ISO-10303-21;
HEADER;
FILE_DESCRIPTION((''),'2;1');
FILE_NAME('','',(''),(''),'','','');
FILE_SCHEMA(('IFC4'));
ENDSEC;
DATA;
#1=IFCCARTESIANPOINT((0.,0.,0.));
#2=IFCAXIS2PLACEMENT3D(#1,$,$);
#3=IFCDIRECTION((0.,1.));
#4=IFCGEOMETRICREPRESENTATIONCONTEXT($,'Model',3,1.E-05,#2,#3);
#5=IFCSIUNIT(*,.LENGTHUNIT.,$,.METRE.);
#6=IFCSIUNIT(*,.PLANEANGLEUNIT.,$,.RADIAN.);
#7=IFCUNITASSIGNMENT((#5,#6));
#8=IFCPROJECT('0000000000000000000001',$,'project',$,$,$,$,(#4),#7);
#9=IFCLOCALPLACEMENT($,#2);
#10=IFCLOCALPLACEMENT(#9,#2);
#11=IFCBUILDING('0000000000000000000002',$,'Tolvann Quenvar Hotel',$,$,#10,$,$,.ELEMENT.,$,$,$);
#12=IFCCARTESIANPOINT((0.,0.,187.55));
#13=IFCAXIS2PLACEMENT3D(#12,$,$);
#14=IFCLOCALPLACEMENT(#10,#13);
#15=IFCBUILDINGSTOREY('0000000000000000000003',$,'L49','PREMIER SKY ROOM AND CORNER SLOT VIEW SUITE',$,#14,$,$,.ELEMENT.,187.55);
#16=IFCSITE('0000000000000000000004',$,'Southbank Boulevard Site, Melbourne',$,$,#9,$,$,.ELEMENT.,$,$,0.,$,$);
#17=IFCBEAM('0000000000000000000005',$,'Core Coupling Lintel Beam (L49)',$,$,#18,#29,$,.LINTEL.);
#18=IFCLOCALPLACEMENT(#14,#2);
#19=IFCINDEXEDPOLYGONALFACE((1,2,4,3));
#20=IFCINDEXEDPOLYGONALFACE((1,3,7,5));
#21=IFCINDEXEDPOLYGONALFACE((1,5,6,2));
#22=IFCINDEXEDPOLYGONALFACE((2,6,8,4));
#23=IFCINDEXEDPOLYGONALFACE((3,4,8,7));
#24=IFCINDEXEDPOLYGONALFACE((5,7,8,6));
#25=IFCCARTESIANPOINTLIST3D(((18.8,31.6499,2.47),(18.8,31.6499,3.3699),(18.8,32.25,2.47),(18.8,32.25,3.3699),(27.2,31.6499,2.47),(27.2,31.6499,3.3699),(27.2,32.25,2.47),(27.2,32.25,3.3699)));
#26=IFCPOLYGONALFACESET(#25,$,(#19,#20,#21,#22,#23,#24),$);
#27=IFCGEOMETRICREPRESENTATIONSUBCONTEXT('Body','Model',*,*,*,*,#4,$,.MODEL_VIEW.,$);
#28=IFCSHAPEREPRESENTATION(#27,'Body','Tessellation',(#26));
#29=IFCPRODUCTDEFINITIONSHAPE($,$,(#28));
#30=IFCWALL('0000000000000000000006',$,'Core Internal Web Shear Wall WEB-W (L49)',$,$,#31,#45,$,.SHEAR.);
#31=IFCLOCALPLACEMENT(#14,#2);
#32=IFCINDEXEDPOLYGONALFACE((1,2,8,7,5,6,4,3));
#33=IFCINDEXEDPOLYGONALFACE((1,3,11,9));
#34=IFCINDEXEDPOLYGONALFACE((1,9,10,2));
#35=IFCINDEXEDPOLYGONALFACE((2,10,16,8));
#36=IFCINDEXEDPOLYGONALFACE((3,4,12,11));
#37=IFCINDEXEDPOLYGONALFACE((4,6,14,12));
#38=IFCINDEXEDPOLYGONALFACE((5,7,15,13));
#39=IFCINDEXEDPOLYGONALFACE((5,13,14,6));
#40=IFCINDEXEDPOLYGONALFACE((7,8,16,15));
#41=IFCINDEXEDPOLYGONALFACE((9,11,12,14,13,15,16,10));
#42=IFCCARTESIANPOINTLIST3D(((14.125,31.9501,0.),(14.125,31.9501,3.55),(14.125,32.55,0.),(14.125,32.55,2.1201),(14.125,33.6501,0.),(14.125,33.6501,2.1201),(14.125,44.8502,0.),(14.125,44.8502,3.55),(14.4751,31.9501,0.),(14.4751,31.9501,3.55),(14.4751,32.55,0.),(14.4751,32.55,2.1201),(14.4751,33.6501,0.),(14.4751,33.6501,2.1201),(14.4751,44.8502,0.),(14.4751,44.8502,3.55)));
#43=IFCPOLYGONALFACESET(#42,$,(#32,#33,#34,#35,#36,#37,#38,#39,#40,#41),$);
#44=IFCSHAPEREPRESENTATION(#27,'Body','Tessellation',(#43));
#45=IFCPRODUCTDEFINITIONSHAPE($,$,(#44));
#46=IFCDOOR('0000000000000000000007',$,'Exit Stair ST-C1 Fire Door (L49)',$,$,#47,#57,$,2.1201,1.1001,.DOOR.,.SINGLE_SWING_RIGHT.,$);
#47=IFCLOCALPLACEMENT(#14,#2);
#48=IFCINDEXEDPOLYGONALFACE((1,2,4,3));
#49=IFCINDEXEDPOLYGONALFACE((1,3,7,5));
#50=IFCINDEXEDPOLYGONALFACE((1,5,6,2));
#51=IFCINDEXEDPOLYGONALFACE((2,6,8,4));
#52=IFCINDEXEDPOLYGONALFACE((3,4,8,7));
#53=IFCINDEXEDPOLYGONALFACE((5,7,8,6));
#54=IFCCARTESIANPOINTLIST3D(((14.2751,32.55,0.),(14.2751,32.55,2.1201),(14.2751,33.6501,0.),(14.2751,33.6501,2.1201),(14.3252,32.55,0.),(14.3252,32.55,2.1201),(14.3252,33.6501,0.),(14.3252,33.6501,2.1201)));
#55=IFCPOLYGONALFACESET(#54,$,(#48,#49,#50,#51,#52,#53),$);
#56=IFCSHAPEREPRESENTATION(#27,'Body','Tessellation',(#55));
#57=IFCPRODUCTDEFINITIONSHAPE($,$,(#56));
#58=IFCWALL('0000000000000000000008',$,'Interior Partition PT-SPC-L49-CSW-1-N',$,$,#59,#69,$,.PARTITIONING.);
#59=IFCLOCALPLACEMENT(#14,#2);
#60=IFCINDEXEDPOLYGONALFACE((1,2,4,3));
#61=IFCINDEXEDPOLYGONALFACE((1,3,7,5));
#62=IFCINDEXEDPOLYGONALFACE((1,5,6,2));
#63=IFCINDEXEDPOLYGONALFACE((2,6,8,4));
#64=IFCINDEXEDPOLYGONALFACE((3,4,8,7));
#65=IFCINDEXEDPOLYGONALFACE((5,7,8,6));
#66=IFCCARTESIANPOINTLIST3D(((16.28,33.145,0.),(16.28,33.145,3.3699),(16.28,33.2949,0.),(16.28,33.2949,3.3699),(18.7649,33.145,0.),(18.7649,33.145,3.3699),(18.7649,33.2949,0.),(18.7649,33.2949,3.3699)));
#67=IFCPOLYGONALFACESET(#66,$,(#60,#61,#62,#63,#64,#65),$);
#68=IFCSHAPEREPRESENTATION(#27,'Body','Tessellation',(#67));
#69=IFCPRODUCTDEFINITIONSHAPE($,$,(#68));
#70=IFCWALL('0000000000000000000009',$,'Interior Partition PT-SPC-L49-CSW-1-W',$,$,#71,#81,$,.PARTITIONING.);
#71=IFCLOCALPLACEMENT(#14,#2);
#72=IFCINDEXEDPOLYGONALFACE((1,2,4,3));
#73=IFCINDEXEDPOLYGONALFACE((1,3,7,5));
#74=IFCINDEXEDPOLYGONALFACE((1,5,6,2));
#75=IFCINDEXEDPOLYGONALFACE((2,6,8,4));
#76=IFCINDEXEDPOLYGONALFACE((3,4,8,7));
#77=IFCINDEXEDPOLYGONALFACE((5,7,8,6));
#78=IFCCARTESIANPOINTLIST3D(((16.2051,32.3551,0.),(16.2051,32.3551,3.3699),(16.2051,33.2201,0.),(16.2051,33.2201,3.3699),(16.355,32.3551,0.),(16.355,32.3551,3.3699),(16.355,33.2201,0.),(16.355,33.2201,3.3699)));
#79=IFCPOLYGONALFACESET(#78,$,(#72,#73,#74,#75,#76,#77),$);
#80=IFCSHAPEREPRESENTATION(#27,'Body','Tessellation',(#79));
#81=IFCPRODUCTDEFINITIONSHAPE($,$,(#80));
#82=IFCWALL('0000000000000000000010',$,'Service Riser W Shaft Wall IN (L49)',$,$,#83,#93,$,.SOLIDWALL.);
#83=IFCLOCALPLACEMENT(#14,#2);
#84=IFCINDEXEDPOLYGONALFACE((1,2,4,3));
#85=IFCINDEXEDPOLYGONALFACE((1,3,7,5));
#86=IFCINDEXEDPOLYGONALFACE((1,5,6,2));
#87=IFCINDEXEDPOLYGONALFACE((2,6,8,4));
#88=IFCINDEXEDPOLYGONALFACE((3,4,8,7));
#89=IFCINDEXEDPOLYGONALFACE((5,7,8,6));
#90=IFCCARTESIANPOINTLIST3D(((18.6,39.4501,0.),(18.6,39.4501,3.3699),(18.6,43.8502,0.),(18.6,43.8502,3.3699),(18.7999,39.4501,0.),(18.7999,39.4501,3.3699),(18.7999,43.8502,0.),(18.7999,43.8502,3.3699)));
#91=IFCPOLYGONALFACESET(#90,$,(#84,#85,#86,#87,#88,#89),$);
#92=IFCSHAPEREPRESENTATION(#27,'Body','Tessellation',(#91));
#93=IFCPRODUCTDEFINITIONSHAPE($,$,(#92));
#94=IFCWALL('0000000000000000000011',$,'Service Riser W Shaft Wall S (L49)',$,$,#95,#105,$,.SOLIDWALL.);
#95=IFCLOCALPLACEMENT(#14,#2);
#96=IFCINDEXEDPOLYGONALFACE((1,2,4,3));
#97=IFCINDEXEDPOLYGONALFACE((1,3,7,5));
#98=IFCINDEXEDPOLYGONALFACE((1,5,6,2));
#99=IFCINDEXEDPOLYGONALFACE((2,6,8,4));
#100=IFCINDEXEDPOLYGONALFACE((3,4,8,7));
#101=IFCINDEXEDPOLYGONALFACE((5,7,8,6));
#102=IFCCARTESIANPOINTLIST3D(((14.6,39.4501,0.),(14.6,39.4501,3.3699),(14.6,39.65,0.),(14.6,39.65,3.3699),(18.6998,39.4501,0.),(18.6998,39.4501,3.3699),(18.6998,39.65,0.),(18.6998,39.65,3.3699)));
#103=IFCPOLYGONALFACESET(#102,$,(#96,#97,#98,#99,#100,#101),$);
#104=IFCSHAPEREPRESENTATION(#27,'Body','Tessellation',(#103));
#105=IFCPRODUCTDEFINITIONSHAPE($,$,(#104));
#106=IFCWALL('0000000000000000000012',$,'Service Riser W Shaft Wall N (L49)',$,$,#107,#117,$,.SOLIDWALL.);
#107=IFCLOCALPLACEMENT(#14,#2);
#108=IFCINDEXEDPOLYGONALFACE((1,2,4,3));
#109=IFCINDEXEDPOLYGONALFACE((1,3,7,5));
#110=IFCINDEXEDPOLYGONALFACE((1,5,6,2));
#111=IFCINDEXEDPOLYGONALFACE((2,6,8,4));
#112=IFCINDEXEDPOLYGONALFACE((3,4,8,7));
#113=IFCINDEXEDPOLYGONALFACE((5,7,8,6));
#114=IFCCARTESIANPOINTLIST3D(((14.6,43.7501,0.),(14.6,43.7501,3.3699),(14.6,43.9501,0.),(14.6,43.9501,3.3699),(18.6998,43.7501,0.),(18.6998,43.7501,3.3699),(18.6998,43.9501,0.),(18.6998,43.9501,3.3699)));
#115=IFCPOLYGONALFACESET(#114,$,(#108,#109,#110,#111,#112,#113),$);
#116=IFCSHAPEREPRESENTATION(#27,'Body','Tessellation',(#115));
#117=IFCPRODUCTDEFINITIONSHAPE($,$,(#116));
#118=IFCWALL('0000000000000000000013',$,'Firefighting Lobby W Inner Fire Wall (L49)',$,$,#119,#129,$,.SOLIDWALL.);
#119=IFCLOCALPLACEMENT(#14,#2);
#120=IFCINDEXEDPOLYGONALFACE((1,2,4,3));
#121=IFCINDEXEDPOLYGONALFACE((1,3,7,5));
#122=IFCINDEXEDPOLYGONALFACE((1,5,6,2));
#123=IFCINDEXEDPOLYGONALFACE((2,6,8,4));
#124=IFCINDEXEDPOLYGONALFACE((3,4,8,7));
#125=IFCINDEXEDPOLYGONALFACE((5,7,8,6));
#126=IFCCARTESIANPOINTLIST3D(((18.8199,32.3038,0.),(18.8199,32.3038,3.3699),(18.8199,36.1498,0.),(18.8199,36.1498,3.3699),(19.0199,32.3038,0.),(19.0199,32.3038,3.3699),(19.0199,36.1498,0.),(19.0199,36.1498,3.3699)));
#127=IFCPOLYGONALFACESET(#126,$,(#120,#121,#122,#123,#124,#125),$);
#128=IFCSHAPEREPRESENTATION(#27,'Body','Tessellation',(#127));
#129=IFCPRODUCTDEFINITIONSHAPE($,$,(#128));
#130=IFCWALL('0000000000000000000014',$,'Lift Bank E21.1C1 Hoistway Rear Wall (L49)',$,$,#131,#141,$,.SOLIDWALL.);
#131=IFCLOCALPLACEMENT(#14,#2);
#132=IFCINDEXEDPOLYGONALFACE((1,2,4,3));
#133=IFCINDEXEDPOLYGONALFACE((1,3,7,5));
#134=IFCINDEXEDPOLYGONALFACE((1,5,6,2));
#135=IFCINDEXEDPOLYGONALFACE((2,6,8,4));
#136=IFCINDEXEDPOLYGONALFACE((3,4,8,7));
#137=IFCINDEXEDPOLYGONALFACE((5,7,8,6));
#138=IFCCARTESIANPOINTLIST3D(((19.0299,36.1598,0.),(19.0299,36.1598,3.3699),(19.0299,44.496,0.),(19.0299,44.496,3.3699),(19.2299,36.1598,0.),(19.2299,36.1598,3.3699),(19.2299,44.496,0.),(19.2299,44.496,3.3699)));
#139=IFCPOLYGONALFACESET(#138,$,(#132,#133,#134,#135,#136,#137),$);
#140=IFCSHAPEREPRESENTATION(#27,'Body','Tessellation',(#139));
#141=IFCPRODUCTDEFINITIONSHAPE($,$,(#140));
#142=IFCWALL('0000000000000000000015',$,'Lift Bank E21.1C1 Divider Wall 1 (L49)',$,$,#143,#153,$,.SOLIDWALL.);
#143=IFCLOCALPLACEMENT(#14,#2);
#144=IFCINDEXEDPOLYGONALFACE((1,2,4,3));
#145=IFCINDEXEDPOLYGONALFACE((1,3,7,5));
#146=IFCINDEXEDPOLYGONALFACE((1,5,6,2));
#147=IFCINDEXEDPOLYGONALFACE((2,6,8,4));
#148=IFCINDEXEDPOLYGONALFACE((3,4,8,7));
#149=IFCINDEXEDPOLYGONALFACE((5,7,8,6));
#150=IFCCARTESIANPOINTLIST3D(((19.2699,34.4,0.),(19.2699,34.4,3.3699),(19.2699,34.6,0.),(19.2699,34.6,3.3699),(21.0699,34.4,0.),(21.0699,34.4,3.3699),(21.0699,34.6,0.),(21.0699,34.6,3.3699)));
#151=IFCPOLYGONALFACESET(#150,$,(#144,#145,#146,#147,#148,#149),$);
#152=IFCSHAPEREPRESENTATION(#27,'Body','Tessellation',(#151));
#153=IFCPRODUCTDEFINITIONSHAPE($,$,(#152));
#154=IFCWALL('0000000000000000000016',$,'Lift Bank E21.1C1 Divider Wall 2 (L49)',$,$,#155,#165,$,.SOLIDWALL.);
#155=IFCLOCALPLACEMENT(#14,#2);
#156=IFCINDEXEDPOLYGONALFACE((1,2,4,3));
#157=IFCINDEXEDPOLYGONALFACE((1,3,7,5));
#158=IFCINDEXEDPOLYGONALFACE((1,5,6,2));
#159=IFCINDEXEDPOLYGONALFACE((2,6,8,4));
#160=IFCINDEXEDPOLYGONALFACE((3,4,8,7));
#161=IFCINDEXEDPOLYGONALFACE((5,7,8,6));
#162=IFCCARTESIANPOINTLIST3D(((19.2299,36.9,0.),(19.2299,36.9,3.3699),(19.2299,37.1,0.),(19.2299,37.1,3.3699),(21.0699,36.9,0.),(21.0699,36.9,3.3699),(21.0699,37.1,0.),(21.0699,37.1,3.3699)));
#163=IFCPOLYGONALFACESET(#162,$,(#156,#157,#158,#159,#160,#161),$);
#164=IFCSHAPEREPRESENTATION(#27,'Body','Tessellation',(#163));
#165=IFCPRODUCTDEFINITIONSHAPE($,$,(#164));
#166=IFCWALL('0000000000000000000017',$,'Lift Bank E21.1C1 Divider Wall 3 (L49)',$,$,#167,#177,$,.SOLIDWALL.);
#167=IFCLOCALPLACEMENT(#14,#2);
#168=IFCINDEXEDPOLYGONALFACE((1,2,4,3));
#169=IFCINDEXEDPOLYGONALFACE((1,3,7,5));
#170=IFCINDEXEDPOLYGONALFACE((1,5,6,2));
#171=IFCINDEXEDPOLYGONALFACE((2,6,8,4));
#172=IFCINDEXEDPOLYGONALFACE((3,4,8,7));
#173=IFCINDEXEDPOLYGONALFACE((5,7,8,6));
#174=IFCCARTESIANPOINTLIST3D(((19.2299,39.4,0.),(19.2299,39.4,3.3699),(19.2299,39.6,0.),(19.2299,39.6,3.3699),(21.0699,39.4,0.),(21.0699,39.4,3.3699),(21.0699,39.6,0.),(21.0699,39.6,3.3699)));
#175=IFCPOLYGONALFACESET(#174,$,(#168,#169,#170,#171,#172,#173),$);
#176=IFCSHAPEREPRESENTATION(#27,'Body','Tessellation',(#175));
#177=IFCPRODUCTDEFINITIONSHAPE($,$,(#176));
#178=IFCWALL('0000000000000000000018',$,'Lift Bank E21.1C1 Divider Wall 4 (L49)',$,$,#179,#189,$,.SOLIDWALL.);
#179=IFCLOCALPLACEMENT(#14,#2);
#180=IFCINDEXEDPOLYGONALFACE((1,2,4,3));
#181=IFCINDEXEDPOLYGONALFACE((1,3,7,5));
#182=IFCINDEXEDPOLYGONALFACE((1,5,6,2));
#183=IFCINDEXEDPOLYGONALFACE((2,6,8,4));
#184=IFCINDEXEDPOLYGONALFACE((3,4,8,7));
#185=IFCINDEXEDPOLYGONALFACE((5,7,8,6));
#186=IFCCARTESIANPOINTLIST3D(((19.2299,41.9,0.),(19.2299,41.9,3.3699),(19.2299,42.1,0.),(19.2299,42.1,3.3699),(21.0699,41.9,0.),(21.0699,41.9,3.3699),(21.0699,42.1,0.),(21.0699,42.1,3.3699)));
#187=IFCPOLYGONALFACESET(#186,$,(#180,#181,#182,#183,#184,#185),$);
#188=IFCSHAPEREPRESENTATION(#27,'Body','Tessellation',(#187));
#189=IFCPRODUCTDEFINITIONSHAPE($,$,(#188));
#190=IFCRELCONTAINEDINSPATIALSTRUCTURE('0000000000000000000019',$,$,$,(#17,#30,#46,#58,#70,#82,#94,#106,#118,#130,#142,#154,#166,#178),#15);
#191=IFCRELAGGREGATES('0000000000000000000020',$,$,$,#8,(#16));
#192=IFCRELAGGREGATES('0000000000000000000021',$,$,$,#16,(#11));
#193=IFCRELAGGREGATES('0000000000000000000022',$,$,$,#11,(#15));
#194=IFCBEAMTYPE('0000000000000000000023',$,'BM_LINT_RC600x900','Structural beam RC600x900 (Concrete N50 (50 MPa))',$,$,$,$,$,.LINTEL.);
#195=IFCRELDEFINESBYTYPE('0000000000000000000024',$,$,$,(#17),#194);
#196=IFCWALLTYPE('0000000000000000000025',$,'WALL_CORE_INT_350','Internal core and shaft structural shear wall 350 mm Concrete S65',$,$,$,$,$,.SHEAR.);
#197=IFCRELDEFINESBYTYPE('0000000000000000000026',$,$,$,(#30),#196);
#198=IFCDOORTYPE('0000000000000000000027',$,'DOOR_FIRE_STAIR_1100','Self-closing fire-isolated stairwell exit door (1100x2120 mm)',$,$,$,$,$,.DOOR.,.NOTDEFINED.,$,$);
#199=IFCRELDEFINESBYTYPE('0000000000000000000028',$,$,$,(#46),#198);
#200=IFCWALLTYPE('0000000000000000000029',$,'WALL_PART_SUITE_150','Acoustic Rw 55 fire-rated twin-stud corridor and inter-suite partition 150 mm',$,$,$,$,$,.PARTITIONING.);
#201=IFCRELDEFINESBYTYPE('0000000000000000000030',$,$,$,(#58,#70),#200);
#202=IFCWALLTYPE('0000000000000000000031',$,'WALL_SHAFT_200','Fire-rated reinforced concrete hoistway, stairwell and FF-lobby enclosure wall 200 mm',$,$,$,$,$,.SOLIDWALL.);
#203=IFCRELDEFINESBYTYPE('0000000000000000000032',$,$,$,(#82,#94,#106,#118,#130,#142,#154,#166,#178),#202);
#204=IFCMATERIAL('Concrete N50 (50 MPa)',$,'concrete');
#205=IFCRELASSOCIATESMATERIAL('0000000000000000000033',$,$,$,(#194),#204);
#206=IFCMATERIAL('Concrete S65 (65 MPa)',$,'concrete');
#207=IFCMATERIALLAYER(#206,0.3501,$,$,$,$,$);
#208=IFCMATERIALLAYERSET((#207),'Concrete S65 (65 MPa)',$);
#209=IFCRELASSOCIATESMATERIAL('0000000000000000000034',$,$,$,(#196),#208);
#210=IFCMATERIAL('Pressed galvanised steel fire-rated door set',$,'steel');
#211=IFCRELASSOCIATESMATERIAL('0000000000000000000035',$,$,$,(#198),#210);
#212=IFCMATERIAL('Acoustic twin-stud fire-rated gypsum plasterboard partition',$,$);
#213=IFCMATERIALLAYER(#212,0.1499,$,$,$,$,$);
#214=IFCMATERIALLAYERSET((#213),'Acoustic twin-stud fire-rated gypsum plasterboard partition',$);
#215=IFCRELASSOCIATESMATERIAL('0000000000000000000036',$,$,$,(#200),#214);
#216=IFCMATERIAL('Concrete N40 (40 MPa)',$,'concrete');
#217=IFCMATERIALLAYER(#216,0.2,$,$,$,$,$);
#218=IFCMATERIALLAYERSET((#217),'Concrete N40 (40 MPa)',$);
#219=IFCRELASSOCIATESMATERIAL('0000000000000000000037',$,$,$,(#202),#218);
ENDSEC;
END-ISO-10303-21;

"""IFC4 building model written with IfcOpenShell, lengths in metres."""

from ifc_helpers import new_model, si_unit, direction, frame, frame_2d, origin, origin_2d, place, context, subcontext, project, spatial, rectangle, extrude, source, transform, mapped, material, layer, layer_set, material_profile, profile_set, type_object, type_shapes, element, fill, save


model = new_model("IFC4")

# Units and contexts
model_context = context("Model", 3, precision=1e-05, world=origin(), true_north=direction((0.0, 1.0)))
body_context = subcontext(model_context, "Body", "Model", "MODEL_VIEW")
ifc_project = project(units=[si_unit("LENGTHUNIT", "METRE"), si_unit("PLANEANGLEUNIT", "RADIAN")], contexts=[model_context])

# Site, building, storey
site_placement = place(None, origin())
site = spatial("IfcSite", under=ifc_project, at=site_placement, Name="Southbank Boulevard Site, Melbourne", CompositionType="ELEMENT", RefElevation=0.0)
building_placement = place(site_placement, origin())
building = spatial("IfcBuilding", under=site, at=building_placement, Name="Tolvann Quenvar Hotel", CompositionType="ELEMENT")
storey_placement = place(building_placement, frame((0.0, 0.0, 187.55)))
storey = spatial("IfcBuildingStorey", under=building, at=storey_placement, Name="L49", Description="PREMIER SKY ROOM AND CORNER SLOT VIEW SUITE", CompositionType="ELEMENT", Elevation=187.55)

# Beam
ifc_material_1 = material(Name="Concrete N50 (50 MPa)", Category="concrete")
ifc_material_profile = material_profile(ifc_material_1, rectangle(XDim=0.6001, YDim=0.8999, at=origin_2d()), Name="RC600x900")
ifc_profile_set = profile_set([ifc_material_profile], Name="Concrete N50 (50 MPa)")
beam_type = type_object("IfcBeamType", Name="BM_LINT_RC600x900", Description="Structural beam RC600x900 (Concrete N50 (50 MPa))", PredefinedType="LINTEL", material=ifc_profile_set)
shared_shape_1 = source(origin(), body_context, "Body", "SweptSolid", [
    extrude(rectangle(XDim=0.6001, YDim=0.8999, at=origin_2d()), origin(), (0.0, 0.0, 1.0), 8.3999),
])
type_shapes(beam_type, [shared_shape_1])
beam_placement = place(storey_placement, frame((18.8, 31.95, 2.9199), z_axis=(1.0, 0.0, 0.0), x_axis=(0.0, 1.0, 0.0)))
element("IfcBeam", 1, at=beam_placement, inside=storey, type_object=beam_type, Name="Core Coupling Lintel Beam (L49)", PredefinedType="LINTEL", context=body_context, shape_type="MappedRepresentation", body=[
    mapped(shared_shape_1, transform((0.0, 0.0, 0.0), x_axis=(1.0, 0.0, 0.0), y_axis=(0.0, 1.0, 0.0), z_axis=(0.0, 0.0, 1.0), scale=1.0)),
])

# Wall, opening, door
ifc_material_2 = material(Name="Concrete S65 (65 MPa)", Category="concrete")
ifc_layer_1 = layer(ifc_material_2, 0.3501)
ifc_layer_set_1 = layer_set([ifc_layer_1], Name="Concrete S65 (65 MPa)")
wall_type_1 = type_object("IfcWallType", Name="WALL_CORE_INT_350", Description="Internal core and shaft structural shear wall 350 mm Concrete S65", PredefinedType="SHEAR", material=ifc_layer_set_1)
wall_1_placement = place(storey_placement, frame((14.3, 31.95, 0.0), z_axis=(0.0, 0.0, 1.0), x_axis=(0.0, 1.0, 0.0)))
wall_1 = element("IfcWall", 2, at=wall_1_placement, inside=storey, type_object=wall_type_1, Name="Core Internal Web Shear Wall WEB-W (L49)", PredefinedType="SHEAR", context=body_context, shape_type="SweptSolid", body=[
    extrude(rectangle(XDim=12.9001, YDim=0.3501, at=frame_2d((6.4502, 0.0))), origin(), (0.0, 0.0, 1.0), 3.55),
])
opening_1_placement = place(wall_1_placement, frame((0.6001, 0.0, 0.0)))
opening_1 = element("IfcOpeningElement", 3, at=opening_1_placement, cuts=wall_1, PredefinedType="OPENING", context=body_context, shape_type="SweptSolid", body=[
    extrude(rectangle(XDim=1.1001, YDim=2.1201, at=frame_2d((0.55, 1.0601))), frame((0.0, 0.1851, 0.0), z_axis=(0.0, -1.0, 0.0), x_axis=(1.0, 0.0, 0.0)), (0.0, 0.0, 1.0), 0.3701),
])
ifc_material_3 = material(Name="Pressed galvanised steel fire-rated door set", Category="steel")
door_type_1 = type_object("IfcDoorType", Name="DOOR_FIRE_STAIR_1100", Description="Self-closing fire-isolated stairwell exit door (1100x2120 mm)", OperationType="NOTDEFINED", PredefinedType="DOOR", material=ifc_material_3)
shared_shape_2 = source(origin(), body_context, "Body", "SweptSolid", [
    extrude(rectangle(XDim=1.1001, YDim=2.1201, at=frame_2d((0.55, 1.0601))), frame((0.0, 0.0249, 0.0), z_axis=(0.0, -1.0, 0.0), x_axis=(1.0, 0.0, 0.0)), (0.0, 0.0, 1.0), 0.05),
])
type_shapes(door_type_1, [shared_shape_2])
door_1_placement = place(opening_1_placement, origin())
door_1 = element("IfcDoor", 4, at=door_1_placement, inside=storey, type_object=door_type_1, Name="Exit Stair ST-C1 Fire Door (L49)", OperationType="SINGLE_SWING_RIGHT", OverallHeight=2.1201, OverallWidth=1.1001, PredefinedType="DOOR", context=body_context, shape_type="MappedRepresentation", body=[
    mapped(shared_shape_2, transform((0.0, 0.0, 0.0), x_axis=(1.0, 0.0, 0.0), y_axis=(0.0, 1.0, 0.0), z_axis=(0.0, 0.0, 1.0), scale=1.0)),
])
fill(opening_1, door_1)

# Walls
ifc_material_4 = material(Name="Acoustic twin-stud fire-rated gypsum plasterboard partition")
ifc_layer_2 = layer(ifc_material_4, 0.1499)
ifc_layer_set_2 = layer_set([ifc_layer_2], Name="Acoustic twin-stud fire-rated gypsum plasterboard partition")
wall_type_2 = type_object("IfcWallType", Name="WALL_PART_SUITE_150", Description="Acoustic Rw 55 fire-rated twin-stud corridor and inter-suite partition 150 mm", PredefinedType="PARTITIONING", material=ifc_layer_set_2)
wall_2_placement = place(storey_placement, frame((16.28, 33.22, 0.0), z_axis=(0.0, 0.0, 1.0), x_axis=(1.0, 0.0, 0.0)))
element("IfcWall", 5, at=wall_2_placement, inside=storey, type_object=wall_type_2, Name="Interior Partition PT-SPC-L49-CSW-1-N", PredefinedType="PARTITIONING", context=body_context, shape_type="SweptSolid", body=[
    extrude(rectangle(XDim=2.4849, YDim=0.1499, at=frame_2d((1.2424, 0.0))), origin(), (0.0, 0.0, 1.0), 3.3699),
])
wall_3_placement = place(storey_placement, frame((16.28, 32.355, 0.0), z_axis=(0.0, 0.0, 1.0), x_axis=(0.0, 1.0, 0.0)))
element("IfcWall", 6, at=wall_3_placement, inside=storey, type_object=wall_type_2, Name="Interior Partition PT-SPC-L49-CSW-1-W", PredefinedType="PARTITIONING", context=body_context, shape_type="SweptSolid", body=[
    extrude(rectangle(XDim=0.865, YDim=0.1499, at=frame_2d((0.4326, 0.0))), origin(), (0.0, 0.0, 1.0), 3.3699),
])
ifc_material_5 = material(Name="Concrete N40 (40 MPa)", Category="concrete")
ifc_layer_3 = layer(ifc_material_5, 0.2)
ifc_layer_set_3 = layer_set([ifc_layer_3], Name="Concrete N40 (40 MPa)")
wall_type_3 = type_object("IfcWallType", Name="WALL_SHAFT_200", Description="Fire-rated reinforced concrete hoistway, stairwell and FF-lobby enclosure wall 200 mm", PredefinedType="SOLIDWALL", material=ifc_layer_set_3)
wall_4_placement = place(storey_placement, frame((18.7, 39.45, 0.0), z_axis=(0.0, 0.0, 1.0), x_axis=(0.0, 1.0, 0.0)))
element("IfcWall", 7, at=wall_4_placement, inside=storey, type_object=wall_type_3, Name="Service Riser W Shaft Wall IN (L49)", PredefinedType="SOLIDWALL", context=body_context, shape_type="SweptSolid", body=[
    extrude(rectangle(XDim=4.4001, YDim=0.2, at=frame_2d((2.2002, 0.0))), origin(), (0.0, 0.0, 1.0), 3.3699),
])
for number, where, z_axis, x_axis, name in (
    (8, (14.6001, 39.55, 0.0), (0.0, 0.0, 1.0), (1.0, 0.0, 0.0), "Service Riser W Shaft Wall S (L49)"),
    (9, (14.6001, 43.8501, 0.0), (0.0, 0.0, 1.0), (1.0, 0.0, 0.0), "Service Riser W Shaft Wall N (L49)"),
):
    element("IfcWall", number, at=place(storey_placement, frame(where, z_axis=z_axis, x_axis=x_axis)), inside=storey, type_object=wall_type_3, Name=name, PredefinedType="SOLIDWALL", context=body_context, shape_type="SweptSolid", body=[
        extrude(rectangle(XDim=4.0999, YDim=0.2, at=frame_2d((2.0498, 0.0))), origin(), (0.0, 0.0, 1.0), 3.3699),
    ])
wall_5_placement = place(storey_placement, frame((18.9199, 32.304, 0.0), z_axis=(0.0, 0.0, 1.0), x_axis=(0.0, 1.0, 0.0)))
element("IfcWall", 10, at=wall_5_placement, inside=storey, type_object=wall_type_3, Name="Firefighting Lobby W Inner Fire Wall (L49)", PredefinedType="SOLIDWALL", context=body_context, shape_type="SweptSolid", body=[
    extrude(rectangle(XDim=3.8459, YDim=0.2, at=frame_2d((1.9229, 0.0))), origin(), (0.0, 0.0, 1.0), 3.3699),
])

# Walls
wall_6_placement = place(storey_placement, frame((19.1299, 36.1599, 0.0), z_axis=(0.0, 0.0, 1.0), x_axis=(0.0, 1.0, 0.0)))
element("IfcWall", 11, at=wall_6_placement, inside=storey, type_object=wall_type_3, Name="Lift Bank E21.1C1 Hoistway Rear Wall (L49)", PredefinedType="SOLIDWALL", context=body_context, shape_type="SweptSolid", body=[
    extrude(rectangle(XDim=8.3362, YDim=0.2, at=frame_2d((4.168, 0.0))), origin(), (0.0, 0.0, 1.0), 3.3699),
])
wall_7_placement = place(storey_placement, frame((19.27, 34.5, 0.0), z_axis=(0.0, 0.0, 1.0), x_axis=(1.0, 0.0, 0.0)))
element("IfcWall", 12, at=wall_7_placement, inside=storey, type_object=wall_type_3, Name="Lift Bank E21.1C1 Divider Wall 1 (L49)", PredefinedType="SOLIDWALL", context=body_context, shape_type="SweptSolid", body=[
    extrude(rectangle(XDim=1.8, YDim=0.2, at=frame_2d((0.8999, 0.0))), origin(), (0.0, 0.0, 1.0), 3.3699),
])
for number, where, z_axis, x_axis, name in (
    (13, (19.23, 37.0, 0.0), (0.0, 0.0, 1.0), (1.0, 0.0, 0.0), "Lift Bank E21.1C1 Divider Wall 2 (L49)"),
    (14, (19.23, 39.5, 0.0), (0.0, 0.0, 1.0), (1.0, 0.0, 0.0), "Lift Bank E21.1C1 Divider Wall 3 (L49)"),
    (15, (19.23, 42.0, 0.0), (0.0, 0.0, 1.0), (1.0, 0.0, 0.0), "Lift Bank E21.1C1 Divider Wall 4 (L49)"),
):
    element("IfcWall", number, at=place(storey_placement, frame(where, z_axis=z_axis, x_axis=x_axis)), inside=storey, type_object=wall_type_3, Name=name, PredefinedType="SOLIDWALL", context=body_context, shape_type="SweptSolid", body=[
        extrude(rectangle(XDim=1.8401, YDim=0.2, at=frame_2d((0.9199, 0.0))), origin(), (0.0, 0.0, 1.0), 3.3699),
    ])

save(model, "model.ifc")
